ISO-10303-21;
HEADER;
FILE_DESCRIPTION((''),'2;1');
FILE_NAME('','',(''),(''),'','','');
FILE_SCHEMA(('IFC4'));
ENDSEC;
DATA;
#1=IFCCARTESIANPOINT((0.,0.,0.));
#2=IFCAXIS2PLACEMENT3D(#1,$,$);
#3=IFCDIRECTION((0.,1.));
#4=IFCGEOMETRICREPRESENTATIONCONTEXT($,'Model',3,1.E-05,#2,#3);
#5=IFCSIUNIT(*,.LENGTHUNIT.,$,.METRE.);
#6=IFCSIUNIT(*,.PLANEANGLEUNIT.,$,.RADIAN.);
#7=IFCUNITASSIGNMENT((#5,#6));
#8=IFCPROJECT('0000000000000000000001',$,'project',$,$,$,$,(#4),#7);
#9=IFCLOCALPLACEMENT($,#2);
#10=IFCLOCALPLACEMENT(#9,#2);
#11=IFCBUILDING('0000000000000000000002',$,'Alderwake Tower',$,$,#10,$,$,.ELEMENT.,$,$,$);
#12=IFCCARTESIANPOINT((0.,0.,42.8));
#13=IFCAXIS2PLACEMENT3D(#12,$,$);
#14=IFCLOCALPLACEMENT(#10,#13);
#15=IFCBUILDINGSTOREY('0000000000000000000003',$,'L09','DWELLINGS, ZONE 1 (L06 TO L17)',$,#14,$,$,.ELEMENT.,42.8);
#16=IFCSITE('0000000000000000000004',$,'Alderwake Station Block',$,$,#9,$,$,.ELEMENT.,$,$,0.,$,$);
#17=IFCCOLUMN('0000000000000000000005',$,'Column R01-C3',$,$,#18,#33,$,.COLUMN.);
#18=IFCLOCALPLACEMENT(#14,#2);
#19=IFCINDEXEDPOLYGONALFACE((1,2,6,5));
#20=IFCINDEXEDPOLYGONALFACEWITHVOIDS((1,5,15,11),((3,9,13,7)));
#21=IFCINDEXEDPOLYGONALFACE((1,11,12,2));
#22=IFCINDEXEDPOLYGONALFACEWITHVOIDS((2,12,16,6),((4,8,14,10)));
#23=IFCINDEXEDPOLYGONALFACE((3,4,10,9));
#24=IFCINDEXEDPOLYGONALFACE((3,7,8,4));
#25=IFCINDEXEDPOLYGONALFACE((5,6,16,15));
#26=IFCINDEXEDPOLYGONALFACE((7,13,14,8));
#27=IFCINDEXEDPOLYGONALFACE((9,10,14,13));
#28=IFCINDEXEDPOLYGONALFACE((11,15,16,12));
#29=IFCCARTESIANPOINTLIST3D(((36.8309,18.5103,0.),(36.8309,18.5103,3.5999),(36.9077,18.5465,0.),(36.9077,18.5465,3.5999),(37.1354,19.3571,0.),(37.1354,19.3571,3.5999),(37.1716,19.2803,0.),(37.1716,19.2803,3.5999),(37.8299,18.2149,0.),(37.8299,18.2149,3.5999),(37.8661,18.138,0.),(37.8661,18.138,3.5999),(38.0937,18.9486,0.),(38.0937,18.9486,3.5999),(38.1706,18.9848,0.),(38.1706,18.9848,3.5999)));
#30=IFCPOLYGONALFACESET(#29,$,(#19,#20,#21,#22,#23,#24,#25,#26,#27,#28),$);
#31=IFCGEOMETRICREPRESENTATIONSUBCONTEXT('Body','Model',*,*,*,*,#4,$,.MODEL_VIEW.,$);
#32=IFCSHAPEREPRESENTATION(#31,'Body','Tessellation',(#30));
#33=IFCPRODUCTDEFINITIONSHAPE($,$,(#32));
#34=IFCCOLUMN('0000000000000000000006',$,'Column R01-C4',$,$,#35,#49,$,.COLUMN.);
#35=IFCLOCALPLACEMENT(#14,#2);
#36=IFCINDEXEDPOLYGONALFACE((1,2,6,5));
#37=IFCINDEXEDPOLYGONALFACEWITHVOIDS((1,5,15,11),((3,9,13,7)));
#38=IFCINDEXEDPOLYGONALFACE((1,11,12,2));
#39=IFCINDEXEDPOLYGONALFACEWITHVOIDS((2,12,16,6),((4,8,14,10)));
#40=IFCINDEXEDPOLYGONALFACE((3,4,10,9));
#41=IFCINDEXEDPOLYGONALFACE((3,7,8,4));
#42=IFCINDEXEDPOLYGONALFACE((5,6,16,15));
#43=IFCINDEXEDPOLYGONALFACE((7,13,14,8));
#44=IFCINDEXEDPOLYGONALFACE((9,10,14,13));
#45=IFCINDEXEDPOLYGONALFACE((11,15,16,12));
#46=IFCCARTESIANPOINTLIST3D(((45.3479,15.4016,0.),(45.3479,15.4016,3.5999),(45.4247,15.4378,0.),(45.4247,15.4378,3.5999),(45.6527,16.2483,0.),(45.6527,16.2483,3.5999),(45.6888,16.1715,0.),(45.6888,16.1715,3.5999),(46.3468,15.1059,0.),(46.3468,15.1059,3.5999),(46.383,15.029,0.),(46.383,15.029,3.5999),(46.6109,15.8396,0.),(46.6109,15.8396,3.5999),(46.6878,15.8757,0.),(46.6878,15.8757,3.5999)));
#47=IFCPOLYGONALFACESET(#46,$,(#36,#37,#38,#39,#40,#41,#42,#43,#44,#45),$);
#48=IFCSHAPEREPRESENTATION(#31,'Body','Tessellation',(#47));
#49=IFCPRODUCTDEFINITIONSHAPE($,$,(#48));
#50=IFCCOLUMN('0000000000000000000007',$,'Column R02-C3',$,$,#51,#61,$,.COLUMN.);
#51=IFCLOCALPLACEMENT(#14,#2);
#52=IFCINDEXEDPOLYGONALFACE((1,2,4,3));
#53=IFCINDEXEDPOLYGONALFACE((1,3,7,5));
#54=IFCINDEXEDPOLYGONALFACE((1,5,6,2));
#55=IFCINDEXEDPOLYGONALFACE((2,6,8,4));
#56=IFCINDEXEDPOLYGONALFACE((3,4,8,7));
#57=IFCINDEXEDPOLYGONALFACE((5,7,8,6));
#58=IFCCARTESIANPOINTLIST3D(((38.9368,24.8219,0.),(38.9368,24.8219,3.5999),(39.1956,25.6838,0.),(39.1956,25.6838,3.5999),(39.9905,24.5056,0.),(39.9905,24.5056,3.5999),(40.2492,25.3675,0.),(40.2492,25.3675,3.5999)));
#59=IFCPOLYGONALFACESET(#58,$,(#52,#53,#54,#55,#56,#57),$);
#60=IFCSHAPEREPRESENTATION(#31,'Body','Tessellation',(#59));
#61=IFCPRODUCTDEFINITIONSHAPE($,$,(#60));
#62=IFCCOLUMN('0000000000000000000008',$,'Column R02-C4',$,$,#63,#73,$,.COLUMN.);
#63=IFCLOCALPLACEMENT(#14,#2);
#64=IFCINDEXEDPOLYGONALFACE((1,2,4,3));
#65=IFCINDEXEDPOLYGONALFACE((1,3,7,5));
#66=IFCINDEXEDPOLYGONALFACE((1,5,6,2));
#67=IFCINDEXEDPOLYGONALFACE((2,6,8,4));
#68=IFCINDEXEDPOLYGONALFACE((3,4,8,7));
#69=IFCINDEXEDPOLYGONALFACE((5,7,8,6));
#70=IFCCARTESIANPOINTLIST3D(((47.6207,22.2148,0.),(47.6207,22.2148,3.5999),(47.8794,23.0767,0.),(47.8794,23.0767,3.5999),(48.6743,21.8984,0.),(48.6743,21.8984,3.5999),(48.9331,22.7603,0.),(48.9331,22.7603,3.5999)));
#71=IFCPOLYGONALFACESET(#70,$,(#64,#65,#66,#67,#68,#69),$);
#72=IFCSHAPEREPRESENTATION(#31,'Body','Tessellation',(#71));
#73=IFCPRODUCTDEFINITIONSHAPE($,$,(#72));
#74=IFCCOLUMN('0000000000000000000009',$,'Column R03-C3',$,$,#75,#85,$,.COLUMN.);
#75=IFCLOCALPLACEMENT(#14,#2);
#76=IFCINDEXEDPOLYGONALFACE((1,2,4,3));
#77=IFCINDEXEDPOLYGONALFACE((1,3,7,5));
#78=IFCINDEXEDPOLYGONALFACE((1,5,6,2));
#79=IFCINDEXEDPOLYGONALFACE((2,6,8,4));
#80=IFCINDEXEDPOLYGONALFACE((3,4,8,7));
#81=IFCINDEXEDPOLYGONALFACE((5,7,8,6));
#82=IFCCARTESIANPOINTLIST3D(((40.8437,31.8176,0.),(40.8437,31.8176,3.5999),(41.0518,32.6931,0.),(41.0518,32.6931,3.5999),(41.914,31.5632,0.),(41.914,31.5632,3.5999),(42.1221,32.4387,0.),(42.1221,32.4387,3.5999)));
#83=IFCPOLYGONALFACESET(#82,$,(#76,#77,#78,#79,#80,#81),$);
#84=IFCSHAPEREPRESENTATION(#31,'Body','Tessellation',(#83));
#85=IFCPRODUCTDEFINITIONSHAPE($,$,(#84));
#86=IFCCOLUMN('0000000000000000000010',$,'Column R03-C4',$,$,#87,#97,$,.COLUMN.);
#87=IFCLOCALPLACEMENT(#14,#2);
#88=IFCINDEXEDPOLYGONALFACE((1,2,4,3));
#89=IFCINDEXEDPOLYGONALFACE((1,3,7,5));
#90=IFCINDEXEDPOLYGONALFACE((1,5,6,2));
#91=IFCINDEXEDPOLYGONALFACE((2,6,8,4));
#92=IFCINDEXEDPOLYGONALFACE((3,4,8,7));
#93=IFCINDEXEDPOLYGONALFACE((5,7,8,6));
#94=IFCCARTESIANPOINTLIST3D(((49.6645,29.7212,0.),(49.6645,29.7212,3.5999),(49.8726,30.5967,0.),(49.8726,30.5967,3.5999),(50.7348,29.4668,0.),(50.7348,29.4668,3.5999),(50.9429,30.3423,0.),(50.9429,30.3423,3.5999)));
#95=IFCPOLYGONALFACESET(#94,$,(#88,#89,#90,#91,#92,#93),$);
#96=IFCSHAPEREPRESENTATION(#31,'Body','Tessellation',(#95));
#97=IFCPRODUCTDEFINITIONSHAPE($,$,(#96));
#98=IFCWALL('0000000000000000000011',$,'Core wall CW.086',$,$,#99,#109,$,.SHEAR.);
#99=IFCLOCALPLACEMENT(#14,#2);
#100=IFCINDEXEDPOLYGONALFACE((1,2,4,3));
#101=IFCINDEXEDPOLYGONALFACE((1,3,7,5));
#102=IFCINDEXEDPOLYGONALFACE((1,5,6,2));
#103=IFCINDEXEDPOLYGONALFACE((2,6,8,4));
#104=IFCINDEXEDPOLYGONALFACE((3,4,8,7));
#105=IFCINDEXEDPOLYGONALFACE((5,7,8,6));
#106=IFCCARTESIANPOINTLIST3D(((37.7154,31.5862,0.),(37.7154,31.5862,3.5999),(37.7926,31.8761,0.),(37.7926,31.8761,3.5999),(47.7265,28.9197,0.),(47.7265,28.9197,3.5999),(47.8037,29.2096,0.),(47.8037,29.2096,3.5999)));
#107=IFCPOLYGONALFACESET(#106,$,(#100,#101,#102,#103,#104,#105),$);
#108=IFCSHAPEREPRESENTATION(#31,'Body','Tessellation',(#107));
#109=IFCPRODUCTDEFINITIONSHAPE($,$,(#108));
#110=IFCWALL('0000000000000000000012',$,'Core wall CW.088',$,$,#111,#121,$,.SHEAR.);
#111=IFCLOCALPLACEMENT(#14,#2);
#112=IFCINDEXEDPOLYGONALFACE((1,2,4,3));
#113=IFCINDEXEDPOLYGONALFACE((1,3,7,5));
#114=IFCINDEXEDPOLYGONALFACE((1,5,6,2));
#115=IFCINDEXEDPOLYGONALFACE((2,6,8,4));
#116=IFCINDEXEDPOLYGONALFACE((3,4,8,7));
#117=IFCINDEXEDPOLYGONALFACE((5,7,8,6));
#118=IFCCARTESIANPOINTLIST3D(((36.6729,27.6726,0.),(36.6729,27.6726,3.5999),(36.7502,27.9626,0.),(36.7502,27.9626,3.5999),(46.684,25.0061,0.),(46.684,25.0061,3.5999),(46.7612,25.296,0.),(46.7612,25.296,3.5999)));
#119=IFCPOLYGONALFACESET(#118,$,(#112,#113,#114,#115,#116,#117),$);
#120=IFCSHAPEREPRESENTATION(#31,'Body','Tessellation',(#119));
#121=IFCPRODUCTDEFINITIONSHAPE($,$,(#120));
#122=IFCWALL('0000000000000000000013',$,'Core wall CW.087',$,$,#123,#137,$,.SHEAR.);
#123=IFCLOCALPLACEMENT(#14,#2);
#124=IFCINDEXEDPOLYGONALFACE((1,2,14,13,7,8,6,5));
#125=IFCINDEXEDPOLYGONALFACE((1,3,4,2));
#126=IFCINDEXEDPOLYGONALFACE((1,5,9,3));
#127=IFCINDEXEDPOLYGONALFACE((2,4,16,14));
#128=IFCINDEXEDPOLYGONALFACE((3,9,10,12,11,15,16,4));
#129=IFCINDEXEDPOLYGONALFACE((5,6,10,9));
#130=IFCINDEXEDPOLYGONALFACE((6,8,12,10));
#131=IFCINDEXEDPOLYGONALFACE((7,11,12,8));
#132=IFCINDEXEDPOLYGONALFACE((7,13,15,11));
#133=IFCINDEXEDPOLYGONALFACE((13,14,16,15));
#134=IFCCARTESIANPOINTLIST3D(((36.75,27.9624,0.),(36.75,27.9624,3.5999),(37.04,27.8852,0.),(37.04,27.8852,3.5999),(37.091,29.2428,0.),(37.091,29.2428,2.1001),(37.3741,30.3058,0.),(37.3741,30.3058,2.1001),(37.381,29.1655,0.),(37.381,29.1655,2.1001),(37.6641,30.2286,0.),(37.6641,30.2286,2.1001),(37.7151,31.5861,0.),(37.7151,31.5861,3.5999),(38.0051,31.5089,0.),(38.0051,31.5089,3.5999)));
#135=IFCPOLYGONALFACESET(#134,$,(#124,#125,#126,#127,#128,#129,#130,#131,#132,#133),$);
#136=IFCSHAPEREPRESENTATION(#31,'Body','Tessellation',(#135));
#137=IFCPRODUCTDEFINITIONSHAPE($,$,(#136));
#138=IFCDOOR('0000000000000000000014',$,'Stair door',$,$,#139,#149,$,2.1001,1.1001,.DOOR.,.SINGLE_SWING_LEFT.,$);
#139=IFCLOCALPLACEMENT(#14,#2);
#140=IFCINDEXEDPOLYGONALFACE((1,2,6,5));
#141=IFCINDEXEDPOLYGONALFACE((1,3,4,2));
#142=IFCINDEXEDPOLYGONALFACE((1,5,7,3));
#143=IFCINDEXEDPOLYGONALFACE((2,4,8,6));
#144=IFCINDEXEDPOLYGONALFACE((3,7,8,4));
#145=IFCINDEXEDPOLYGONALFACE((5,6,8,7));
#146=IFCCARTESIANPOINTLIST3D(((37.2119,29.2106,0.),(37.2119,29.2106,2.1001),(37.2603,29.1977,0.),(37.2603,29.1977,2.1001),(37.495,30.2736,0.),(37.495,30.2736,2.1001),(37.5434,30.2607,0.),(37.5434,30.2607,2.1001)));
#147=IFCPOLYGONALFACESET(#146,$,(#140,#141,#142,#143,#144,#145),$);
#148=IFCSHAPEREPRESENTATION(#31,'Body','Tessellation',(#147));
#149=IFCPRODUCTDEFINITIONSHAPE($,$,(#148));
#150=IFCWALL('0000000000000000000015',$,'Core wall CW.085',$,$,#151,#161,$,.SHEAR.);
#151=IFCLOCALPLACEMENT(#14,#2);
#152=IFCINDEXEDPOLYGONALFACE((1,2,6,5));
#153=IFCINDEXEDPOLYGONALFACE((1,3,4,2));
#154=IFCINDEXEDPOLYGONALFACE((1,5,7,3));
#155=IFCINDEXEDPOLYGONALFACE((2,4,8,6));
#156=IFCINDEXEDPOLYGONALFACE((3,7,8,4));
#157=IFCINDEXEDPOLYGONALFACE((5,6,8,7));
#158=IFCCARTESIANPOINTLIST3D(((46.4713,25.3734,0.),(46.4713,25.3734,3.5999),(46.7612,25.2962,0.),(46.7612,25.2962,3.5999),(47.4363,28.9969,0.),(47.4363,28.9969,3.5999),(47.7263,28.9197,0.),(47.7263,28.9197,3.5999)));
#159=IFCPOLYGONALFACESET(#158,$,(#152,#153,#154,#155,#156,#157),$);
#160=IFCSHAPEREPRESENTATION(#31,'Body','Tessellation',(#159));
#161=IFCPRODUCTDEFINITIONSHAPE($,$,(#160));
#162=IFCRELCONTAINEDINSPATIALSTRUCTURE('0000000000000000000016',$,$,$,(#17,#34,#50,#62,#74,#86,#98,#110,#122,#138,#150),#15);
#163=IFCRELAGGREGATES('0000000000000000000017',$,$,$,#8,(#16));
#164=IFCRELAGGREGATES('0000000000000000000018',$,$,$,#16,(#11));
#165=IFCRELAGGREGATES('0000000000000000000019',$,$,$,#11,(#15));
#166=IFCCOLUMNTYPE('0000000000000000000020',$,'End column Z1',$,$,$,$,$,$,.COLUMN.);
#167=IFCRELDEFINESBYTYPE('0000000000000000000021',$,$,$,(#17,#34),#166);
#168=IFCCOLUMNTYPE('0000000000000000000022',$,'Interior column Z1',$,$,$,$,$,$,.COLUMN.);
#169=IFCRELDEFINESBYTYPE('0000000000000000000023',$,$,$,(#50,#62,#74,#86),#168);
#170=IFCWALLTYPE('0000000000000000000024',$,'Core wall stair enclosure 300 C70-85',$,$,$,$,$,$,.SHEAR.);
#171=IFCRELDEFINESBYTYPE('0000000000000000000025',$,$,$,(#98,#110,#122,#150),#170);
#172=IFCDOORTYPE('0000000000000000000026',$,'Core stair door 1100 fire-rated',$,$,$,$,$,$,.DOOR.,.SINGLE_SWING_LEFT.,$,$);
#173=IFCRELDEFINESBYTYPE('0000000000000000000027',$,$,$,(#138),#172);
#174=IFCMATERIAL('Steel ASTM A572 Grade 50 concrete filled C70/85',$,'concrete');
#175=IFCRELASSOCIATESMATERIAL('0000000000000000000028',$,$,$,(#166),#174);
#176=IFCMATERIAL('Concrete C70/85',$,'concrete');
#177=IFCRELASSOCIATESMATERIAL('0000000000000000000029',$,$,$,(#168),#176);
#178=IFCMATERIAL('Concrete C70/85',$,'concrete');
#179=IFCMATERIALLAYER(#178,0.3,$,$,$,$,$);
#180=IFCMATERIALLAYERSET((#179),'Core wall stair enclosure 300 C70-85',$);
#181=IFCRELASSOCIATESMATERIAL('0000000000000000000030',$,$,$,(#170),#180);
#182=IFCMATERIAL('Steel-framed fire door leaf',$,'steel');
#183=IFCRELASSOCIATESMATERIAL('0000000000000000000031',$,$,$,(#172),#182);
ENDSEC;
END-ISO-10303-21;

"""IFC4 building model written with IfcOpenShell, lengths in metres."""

from ifc_helpers import new_model, si_unit, direction, frame, frame_2d, origin, origin_2d, place, context, subcontext, project, spatial, rectangle, hollow_rectangle, extrude, material, layer, layer_set, material_profile, profile_set, type_object, element, fill, save


model = new_model("IFC4")

# Units and contexts
model_context = context("Model", 3, precision=1e-05, world=origin(), true_north=direction((0.0, 1.0)))
body_context = subcontext(model_context, "Body", "Model", "MODEL_VIEW")
ifc_project = project(units=[si_unit("LENGTHUNIT", "METRE"), si_unit("PLANEANGLEUNIT", "RADIAN")], contexts=[model_context])

# Site, building, storey
site_placement = place(None, origin())
site = spatial("IfcSite", under=ifc_project, at=site_placement, Name="Alderwake Station Block", CompositionType="ELEMENT", RefElevation=0.0)
building_placement = place(site_placement, origin())
building = spatial("IfcBuilding", under=site, at=building_placement, Name="Alderwake Tower", CompositionType="ELEMENT")
storey_placement = place(building_placement, frame((0.0, 0.0, 42.8)))
storey = spatial("IfcBuildingStorey", under=building, at=storey_placement, Name="L09", Description="DWELLINGS, ZONE 1 (L06 TO L17)", CompositionType="ELEMENT", Elevation=42.8)

# Columns
ifc_material_1 = material(Name="Steel ASTM A572 Grade 50 concrete filled C70/85", Category="concrete")
ifc_material_profile_1 = material_profile(ifc_material_1, hollow_rectangle(XDim=0.8999, YDim=1.1001, WallThickness=0.0601, at=origin_2d()), Name="BOX 1100X900X60")
ifc_profile_set_1 = profile_set([ifc_material_profile_1], Name="Steel ASTM A572 Grade 50 concrete filled C70/85")
column_type_1 = type_object("IfcColumnType", Name="End column Z1", PredefinedType="COLUMN", material=ifc_profile_set_1)
for number, where, z_axis, x_axis, name in (
    (1, (37.5007, 18.7476, 0.0), (0.0, 0.0, 1.0), (0.33838, 0.94101, 0.0), "Column R01-C3"),
    (2, (46.0178, 15.6387, 0.0), (0.0, 0.0, 1.0), (0.338687, 0.940899, 0.0), "Column R01-C4"),
):
    element("IfcColumn", number, at=place(storey_placement, frame(where, z_axis=z_axis, x_axis=x_axis)), inside=storey, type_object=column_type_1, Name=name, PredefinedType="COLUMN", context=body_context, shape_type="SweptSolid", body=[
        extrude(hollow_rectangle(XDim=0.8999, YDim=1.1001, WallThickness=0.0601, at=origin_2d()), origin(), (0.0, 0.0, 1.0), 3.5999),
    ])
ifc_material_2 = material(Name="Concrete C70/85", Category="concrete")
ifc_material_profile_2 = material_profile(ifc_material_2, rectangle(XDim=0.8999, YDim=1.1001, at=origin_2d()), Name="RC 1100X900")
ifc_profile_set_2 = profile_set([ifc_material_profile_2], Name="Concrete C70/85")
column_type_2 = type_object("IfcColumnType", Name="Interior column Z1", PredefinedType="COLUMN", material=ifc_profile_set_2)
for number, where, z_axis, x_axis, name in (
    (3, (39.593, 25.0947, 0.0), (0.0, 0.0, 1.0), (0.287549, 0.957766, 0.0), "Column R02-C3"),
    (4, (48.2769, 22.4875, 0.0), (0.0, 0.0, 1.0), (0.287549, 0.957766, 0.0), "Column R02-C4"),
    (5, (41.4829, 32.1282, 0.0), (0.0, 0.0, 1.0), (0.231222, 0.972901, 0.0), "Column R03-C3"),
    (6, (50.3037, 30.0317, 0.0), (0.0, 0.0, 1.0), (0.231222, 0.972901, 0.0), "Column R03-C4"),
):
    element("IfcColumn", number, at=place(storey_placement, frame(where, z_axis=z_axis, x_axis=x_axis)), inside=storey, type_object=column_type_2, Name=name, PredefinedType="COLUMN", context=body_context, shape_type="SweptSolid", body=[
        extrude(rectangle(XDim=0.8999, YDim=1.1001, at=origin_2d()), origin(), (0.0, 0.0, 1.0), 3.5999),
    ])

# Walls
ifc_material_3 = material(Name="Concrete C70/85", Category="concrete")
ifc_layer_1 = layer(ifc_material_3, 0.3)
ifc_layer_set_1 = layer_set([ifc_layer_1], Name="Core wall stair enclosure 300 C70-85")
wall_type_1 = type_object("IfcWallType", Name="Core wall stair enclosure 300 C70-85", PredefinedType="SHEAR", material=ifc_layer_set_1)
for number, where, z_axis, x_axis, name in (
    (7, (37.7539, 31.7312, 0.0), (0.0, 0.0, 1.0), (0.966309, -0.257384, 0.0), "Core wall CW.086"),
    (8, (36.7114, 27.8176, 0.0), (0.0, 0.0, 1.0), (0.966309, -0.257384, 0.0), "Core wall CW.088"),
):
    element("IfcWall", number, at=place(storey_placement, frame(where, z_axis=z_axis, x_axis=x_axis)), inside=storey, type_object=wall_type_1, Name=name, PredefinedType="SHEAR", context=body_context, shape_type="SweptSolid", body=[
        extrude(rectangle(XDim=10.3601, YDim=0.3, at=frame_2d((5.1802, 0.0))), origin(), (0.0, 0.0, 1.0), 3.5999),
    ])

# Wall, opening, door
wall_1_placement = place(storey_placement, frame((36.895, 27.9238, 0.0), z_axis=(0.0, 0.0, 1.0), x_axis=(0.257351, 0.966318, 0.0)))
wall_1 = element("IfcWall", 9, at=wall_1_placement, inside=storey, type_object=wall_type_1, Name="Core wall CW.087", PredefinedType="SHEAR", context=body_context, shape_type="SweptSolid", body=[
    extrude(rectangle(XDim=3.75, YDim=0.3, at=frame_2d((1.875, 0.0))), origin(), (0.0, 0.0, 1.0), 3.5999),
])
opening_1_placement = place(wall_1_placement, frame((1.325, 0.0, 0.0)))
opening_1 = element("IfcOpeningElement", 10, at=opening_1_placement, cuts=wall_1, PredefinedType="OPENING", context=body_context, shape_type="SweptSolid", body=[
    extrude(rectangle(XDim=1.1001, YDim=2.1001, at=frame_2d((0.55, 1.05))), frame((0.0, 0.1599, 0.0), z_axis=(0.0, -1.0, 0.0), x_axis=(1.0, 0.0, 0.0)), (0.0, 0.0, 1.0), 0.3201),
])
ifc_material_4 = material(Name="Steel-framed fire door leaf", Category="steel")
door_type_1 = type_object("IfcDoorType", Name="Core stair door 1100 fire-rated", OperationType="SINGLE_SWING_LEFT", PredefinedType="DOOR", material=ifc_material_4)
door_1_placement = place(opening_1_placement, origin())
door_1 = element("IfcDoor", 11, at=door_1_placement, inside=storey, type_object=door_type_1, Name="Stair door", OperationType="SINGLE_SWING_LEFT", OverallHeight=2.1001, OverallWidth=1.1001, PredefinedType="DOOR", context=body_context, shape_type="SweptSolid", body=[
    extrude(rectangle(XDim=1.1001, YDim=2.1001, at=frame_2d((0.55, 1.05))), frame((0.0, 0.0249, 0.0), z_axis=(0.0, -1.0, 0.0), x_axis=(1.0, 0.0, 0.0)), (0.0, 0.0, 1.0), 0.05),
])
fill(opening_1, door_1)

# Wall
wall_2_placement = place(storey_placement, frame((46.6162, 25.3347, 0.0), z_axis=(0.0, 0.0, 1.0), x_axis=(0.257367, 0.966314, 0.0)))
element("IfcWall", 12, at=wall_2_placement, inside=storey, type_object=wall_type_1, Name="Core wall CW.085", PredefinedType="SHEAR", context=body_context, shape_type="SweptSolid", body=[
    extrude(rectangle(XDim=3.7498, YDim=0.3, at=frame_2d((1.875, 0.0))), origin(), (0.0, 0.0, 1.0), 3.5999),
])

save(model, "model.ifc")
